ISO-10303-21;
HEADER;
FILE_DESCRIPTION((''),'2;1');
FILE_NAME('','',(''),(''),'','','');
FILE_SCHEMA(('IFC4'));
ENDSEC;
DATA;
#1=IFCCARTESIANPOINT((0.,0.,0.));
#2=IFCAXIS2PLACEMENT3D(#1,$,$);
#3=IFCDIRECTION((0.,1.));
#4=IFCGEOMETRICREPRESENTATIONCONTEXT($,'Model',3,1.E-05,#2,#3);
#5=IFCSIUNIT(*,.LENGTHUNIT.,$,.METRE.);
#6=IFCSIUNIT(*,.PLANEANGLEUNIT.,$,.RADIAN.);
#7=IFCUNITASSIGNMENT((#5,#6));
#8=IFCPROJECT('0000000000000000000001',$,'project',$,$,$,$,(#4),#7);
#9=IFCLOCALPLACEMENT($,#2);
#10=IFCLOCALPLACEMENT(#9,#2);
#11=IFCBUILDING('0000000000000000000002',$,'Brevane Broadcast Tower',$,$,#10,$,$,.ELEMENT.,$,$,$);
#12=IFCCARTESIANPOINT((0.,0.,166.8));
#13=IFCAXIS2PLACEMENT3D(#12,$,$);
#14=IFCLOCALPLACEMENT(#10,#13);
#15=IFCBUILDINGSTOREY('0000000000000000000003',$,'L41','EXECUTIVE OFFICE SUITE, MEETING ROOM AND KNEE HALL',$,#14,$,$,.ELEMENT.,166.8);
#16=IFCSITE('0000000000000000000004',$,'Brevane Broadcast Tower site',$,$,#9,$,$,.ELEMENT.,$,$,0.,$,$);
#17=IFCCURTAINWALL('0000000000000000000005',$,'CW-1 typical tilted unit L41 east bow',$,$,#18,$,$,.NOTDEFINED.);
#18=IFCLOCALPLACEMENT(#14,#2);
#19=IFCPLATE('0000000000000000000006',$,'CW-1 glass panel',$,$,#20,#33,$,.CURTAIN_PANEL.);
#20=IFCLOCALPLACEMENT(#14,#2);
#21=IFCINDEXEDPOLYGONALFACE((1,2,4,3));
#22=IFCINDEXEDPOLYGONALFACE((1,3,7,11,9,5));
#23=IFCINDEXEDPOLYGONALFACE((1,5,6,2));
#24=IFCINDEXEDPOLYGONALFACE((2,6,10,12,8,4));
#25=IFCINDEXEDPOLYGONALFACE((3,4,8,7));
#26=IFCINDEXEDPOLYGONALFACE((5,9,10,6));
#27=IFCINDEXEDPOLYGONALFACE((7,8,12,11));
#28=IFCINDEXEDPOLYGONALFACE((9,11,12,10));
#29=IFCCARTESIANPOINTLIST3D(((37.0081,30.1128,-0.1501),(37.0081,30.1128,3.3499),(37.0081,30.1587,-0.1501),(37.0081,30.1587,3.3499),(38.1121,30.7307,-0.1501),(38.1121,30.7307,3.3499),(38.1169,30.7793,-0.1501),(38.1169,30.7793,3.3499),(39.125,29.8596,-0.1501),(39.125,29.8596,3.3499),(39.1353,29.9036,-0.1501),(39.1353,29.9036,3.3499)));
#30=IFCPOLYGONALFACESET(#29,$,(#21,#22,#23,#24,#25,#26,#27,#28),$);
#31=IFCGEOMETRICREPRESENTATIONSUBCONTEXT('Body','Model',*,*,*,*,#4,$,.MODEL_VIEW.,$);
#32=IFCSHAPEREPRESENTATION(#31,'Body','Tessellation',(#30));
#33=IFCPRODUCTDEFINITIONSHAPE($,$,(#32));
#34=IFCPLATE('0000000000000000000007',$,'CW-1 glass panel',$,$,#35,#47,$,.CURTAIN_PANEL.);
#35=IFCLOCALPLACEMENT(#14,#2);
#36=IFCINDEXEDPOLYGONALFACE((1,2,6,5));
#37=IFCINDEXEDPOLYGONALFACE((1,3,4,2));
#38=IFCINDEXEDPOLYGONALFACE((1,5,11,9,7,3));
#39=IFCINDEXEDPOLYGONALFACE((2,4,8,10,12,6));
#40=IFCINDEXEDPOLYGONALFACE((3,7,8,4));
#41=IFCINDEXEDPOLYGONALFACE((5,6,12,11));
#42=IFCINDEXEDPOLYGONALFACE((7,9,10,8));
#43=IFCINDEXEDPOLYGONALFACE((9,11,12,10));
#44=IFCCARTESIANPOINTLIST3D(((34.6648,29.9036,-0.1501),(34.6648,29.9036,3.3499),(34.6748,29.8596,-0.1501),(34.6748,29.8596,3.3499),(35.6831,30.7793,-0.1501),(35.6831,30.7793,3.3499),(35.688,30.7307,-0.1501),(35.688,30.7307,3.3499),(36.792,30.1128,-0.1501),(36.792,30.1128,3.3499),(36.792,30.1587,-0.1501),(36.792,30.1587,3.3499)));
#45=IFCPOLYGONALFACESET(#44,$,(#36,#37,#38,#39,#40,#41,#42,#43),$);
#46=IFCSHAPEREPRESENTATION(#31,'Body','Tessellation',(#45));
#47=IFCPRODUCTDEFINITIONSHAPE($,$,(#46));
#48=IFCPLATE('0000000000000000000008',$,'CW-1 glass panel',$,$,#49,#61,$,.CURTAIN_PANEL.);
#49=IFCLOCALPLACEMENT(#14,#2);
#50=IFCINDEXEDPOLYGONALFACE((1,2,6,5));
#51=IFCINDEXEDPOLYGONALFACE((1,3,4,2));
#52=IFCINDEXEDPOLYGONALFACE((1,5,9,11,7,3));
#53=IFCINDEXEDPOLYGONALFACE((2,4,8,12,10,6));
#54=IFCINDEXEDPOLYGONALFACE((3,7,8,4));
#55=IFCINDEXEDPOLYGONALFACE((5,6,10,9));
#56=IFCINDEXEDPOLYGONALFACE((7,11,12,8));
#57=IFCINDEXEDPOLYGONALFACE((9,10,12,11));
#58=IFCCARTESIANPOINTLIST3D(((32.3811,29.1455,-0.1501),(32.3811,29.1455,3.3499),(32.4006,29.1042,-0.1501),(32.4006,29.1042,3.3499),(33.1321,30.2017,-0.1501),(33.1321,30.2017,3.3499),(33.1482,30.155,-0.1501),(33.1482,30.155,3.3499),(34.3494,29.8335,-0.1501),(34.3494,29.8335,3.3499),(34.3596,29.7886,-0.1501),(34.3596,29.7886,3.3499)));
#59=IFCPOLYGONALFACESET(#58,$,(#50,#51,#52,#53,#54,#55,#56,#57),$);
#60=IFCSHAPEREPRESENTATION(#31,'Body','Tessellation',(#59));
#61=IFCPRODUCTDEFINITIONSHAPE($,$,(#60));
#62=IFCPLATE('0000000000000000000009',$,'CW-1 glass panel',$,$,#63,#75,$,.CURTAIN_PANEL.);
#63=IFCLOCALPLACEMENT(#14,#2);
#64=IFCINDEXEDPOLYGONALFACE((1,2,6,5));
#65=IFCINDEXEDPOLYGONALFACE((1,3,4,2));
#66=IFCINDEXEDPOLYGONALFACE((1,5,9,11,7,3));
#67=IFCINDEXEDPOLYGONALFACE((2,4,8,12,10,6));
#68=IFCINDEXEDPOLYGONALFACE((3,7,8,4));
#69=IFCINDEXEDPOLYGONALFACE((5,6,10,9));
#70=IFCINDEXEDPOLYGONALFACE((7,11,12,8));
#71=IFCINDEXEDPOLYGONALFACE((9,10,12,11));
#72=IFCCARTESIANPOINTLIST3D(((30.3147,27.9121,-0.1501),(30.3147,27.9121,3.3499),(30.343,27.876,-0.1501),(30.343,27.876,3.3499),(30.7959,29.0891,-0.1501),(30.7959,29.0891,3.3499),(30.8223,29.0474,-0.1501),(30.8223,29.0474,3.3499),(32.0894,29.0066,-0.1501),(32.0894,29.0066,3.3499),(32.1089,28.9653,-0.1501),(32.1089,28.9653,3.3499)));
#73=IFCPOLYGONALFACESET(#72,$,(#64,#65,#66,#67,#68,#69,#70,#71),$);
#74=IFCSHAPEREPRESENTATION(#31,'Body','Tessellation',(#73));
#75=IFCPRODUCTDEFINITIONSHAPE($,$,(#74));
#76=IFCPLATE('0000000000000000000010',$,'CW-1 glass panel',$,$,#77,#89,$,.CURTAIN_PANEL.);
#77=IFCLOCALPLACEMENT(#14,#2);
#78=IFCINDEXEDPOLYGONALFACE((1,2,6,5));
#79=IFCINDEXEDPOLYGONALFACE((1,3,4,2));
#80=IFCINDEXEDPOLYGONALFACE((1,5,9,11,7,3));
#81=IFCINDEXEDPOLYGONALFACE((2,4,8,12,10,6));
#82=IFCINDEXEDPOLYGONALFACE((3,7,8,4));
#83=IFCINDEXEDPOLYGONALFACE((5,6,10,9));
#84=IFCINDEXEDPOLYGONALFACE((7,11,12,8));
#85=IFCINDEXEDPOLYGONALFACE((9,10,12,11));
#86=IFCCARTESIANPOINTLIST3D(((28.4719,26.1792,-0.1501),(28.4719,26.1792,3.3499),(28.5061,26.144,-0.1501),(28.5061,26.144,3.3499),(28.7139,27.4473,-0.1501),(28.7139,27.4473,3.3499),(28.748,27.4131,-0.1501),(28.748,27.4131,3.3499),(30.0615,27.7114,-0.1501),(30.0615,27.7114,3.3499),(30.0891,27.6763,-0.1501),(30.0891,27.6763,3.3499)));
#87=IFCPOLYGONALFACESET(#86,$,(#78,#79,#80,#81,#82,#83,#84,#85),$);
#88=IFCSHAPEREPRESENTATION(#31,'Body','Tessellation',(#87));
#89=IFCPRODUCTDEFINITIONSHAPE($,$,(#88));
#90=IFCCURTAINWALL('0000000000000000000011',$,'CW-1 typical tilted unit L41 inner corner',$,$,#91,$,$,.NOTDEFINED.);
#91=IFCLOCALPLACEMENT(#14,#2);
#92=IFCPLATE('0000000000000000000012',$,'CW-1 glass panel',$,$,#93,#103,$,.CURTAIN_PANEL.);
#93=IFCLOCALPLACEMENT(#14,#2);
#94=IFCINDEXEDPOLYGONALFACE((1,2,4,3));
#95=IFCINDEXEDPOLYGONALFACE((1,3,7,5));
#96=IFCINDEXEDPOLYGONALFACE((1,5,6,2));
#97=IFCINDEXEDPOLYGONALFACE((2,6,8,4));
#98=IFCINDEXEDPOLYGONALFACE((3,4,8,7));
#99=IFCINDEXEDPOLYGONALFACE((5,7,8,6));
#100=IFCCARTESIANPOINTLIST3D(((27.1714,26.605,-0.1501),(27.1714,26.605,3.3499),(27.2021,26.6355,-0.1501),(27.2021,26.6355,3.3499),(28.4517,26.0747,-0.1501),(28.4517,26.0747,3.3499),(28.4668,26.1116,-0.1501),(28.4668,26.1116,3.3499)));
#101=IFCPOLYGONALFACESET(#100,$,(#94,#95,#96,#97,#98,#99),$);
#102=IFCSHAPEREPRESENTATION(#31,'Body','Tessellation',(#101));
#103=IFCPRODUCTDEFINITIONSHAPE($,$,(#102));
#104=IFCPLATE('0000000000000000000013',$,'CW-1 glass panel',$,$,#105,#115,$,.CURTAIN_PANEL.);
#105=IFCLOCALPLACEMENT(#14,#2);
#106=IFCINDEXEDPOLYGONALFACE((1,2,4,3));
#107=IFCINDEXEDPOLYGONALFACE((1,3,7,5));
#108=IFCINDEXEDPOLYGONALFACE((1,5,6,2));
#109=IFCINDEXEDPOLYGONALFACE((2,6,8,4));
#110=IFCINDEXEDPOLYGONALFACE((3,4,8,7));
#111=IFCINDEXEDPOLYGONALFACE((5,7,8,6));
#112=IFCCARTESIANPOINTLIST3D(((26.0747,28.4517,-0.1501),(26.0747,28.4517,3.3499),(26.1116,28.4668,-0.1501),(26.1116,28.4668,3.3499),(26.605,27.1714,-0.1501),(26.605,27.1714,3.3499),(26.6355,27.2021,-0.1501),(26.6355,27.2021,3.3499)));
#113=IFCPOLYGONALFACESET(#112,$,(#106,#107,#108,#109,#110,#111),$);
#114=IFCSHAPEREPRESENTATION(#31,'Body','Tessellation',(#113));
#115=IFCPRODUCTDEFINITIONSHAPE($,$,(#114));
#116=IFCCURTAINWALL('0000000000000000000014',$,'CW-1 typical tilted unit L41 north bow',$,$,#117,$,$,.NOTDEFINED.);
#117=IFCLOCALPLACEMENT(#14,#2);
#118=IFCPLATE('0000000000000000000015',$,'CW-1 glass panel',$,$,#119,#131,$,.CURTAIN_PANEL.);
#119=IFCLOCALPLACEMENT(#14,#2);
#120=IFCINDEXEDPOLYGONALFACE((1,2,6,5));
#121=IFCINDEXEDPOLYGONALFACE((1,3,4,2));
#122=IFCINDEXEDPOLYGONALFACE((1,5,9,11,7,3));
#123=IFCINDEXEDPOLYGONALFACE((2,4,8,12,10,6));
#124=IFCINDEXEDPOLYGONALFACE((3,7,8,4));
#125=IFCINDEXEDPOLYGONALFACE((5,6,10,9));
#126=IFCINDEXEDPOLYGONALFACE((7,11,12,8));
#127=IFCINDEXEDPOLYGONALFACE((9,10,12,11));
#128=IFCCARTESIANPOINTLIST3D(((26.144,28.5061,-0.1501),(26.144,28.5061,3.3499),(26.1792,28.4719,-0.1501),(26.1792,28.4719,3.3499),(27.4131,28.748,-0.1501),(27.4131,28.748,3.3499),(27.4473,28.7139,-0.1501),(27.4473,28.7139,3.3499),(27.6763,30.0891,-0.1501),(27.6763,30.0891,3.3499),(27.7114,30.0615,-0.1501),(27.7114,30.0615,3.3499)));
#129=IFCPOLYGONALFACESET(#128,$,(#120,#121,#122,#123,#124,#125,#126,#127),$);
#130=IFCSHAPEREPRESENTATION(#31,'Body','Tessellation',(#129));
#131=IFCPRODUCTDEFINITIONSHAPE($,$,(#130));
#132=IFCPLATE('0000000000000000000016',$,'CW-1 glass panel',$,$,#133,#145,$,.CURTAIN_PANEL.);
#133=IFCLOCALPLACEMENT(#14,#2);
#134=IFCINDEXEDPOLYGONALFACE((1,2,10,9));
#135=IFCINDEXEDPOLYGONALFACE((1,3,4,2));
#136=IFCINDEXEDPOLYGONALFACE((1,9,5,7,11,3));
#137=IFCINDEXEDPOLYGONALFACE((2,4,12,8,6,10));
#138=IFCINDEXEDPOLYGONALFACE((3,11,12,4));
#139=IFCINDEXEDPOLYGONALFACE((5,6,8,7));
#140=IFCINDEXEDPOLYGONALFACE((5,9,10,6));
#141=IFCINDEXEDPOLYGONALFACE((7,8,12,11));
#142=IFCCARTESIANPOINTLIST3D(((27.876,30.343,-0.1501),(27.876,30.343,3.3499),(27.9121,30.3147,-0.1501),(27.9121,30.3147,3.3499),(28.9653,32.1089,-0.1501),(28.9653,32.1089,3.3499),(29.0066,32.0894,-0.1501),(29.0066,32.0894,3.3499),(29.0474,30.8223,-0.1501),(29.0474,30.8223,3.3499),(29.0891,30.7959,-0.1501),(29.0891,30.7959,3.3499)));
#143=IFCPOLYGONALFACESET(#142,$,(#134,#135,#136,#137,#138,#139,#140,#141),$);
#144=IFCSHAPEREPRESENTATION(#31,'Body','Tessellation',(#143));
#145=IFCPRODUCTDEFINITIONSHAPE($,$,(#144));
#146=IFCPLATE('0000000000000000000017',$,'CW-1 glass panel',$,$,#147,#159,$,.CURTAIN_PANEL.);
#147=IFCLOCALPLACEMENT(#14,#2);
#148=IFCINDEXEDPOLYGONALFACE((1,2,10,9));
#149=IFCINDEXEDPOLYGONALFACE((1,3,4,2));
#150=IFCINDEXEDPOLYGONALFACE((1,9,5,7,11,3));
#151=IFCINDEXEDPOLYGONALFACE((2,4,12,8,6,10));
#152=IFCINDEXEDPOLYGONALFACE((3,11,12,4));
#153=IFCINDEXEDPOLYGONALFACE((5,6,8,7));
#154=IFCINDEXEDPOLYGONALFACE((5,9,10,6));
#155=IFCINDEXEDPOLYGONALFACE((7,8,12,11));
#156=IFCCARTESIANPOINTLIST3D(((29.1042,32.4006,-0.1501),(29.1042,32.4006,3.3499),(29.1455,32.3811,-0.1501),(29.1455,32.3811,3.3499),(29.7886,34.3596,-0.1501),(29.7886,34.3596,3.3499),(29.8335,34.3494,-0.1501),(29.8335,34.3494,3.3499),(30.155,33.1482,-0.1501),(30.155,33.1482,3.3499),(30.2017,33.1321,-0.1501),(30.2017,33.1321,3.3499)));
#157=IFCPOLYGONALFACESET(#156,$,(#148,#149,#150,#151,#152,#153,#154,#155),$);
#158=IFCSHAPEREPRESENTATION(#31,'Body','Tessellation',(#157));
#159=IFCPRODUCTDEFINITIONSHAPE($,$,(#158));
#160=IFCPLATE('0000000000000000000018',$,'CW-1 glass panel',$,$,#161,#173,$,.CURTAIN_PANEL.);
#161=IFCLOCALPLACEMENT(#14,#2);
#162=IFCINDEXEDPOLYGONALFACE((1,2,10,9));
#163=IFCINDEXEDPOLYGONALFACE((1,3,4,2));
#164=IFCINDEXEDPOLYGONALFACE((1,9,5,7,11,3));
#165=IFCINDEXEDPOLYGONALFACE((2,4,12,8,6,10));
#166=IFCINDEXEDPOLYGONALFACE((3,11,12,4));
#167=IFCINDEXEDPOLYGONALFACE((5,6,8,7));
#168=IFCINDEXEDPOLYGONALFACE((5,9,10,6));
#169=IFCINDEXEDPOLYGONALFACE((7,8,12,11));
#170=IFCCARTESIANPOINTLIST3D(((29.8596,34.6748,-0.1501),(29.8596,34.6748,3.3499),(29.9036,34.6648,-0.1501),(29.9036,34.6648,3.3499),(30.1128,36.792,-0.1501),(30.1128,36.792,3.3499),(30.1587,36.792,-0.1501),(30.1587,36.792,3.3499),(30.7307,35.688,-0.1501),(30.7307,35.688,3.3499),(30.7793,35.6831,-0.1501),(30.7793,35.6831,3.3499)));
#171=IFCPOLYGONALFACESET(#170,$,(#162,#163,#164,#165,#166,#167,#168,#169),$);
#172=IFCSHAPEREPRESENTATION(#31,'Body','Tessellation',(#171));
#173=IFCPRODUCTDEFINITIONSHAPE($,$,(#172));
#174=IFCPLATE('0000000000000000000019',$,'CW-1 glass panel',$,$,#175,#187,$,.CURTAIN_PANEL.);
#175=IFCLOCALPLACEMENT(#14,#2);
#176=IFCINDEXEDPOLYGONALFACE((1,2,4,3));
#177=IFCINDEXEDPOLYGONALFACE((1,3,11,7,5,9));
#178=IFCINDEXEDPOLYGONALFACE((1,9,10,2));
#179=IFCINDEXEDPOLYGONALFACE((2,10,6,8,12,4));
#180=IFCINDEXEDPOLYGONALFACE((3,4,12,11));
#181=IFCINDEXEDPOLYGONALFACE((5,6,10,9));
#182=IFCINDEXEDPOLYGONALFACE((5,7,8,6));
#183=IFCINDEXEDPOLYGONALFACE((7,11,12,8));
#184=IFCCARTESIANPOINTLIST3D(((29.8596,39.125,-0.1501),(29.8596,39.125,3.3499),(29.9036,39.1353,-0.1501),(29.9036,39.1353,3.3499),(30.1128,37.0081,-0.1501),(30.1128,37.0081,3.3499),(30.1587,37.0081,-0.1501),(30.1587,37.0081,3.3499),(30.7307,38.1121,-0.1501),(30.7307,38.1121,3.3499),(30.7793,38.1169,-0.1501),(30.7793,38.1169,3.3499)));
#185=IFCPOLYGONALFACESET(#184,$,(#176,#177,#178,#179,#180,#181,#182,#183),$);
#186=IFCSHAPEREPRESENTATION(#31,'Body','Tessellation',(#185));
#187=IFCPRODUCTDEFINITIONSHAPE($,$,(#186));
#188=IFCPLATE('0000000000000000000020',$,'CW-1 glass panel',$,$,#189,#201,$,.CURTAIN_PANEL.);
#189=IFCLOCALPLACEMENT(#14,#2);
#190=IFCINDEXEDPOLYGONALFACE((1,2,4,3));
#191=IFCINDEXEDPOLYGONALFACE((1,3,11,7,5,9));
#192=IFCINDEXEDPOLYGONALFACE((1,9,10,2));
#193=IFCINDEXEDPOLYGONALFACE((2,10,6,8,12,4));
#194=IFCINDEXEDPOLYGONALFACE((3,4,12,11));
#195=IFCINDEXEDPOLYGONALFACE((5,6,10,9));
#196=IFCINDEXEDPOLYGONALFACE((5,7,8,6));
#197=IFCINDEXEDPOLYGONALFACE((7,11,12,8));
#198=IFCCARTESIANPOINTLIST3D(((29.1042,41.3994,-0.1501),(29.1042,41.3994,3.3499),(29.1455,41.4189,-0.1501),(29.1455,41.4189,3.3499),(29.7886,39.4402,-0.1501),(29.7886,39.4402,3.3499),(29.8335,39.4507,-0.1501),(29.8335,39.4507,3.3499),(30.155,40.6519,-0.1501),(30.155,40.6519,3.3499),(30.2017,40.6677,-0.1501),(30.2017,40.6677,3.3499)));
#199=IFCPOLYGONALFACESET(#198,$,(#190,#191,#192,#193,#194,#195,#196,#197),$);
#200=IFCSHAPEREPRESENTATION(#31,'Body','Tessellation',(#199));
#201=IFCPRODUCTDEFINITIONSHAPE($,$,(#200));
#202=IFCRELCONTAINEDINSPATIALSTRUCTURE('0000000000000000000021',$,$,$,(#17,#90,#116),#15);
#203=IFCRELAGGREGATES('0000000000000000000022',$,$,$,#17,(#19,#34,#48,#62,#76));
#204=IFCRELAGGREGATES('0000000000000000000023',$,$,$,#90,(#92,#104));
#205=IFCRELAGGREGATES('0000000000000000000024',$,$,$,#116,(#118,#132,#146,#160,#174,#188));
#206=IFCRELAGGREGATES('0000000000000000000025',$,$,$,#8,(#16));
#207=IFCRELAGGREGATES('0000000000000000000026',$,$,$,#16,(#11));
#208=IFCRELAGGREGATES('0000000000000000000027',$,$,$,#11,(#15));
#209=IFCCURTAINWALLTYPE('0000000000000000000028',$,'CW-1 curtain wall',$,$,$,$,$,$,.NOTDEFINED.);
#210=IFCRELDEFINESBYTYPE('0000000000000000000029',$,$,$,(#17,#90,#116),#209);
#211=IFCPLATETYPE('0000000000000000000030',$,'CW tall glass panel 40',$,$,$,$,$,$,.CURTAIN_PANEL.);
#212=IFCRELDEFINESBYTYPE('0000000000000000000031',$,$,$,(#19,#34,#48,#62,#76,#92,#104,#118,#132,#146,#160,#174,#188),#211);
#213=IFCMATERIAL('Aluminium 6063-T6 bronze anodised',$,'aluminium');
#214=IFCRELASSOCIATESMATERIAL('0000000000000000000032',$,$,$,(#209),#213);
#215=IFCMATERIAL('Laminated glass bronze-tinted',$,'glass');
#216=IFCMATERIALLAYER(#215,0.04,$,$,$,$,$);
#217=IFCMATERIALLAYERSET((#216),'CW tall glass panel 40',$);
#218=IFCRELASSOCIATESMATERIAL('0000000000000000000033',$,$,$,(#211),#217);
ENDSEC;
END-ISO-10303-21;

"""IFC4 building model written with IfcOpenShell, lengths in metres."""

from ifc_helpers import new_model, si_unit, direction, frame, origin, place, context, subcontext, project, spatial, polyline, outline, extrude, material, layer, layer_set, type_object, element, aggregate, save


model = new_model("IFC4")

# Units and contexts
model_context = context("Model", 3, precision=1e-05, world=origin(), true_north=direction((0.0, 1.0)))
body_context = subcontext(model_context, "Body", "Model", "MODEL_VIEW")
ifc_project = project(units=[si_unit("LENGTHUNIT", "METRE"), si_unit("PLANEANGLEUNIT", "RADIAN")], contexts=[model_context])

# Site, building, storey
site_placement = place(None, origin())
site = spatial("IfcSite", under=ifc_project, at=site_placement, Name="Brevane Broadcast Tower site", CompositionType="ELEMENT", RefElevation=0.0)
building_placement = place(site_placement, origin())
building = spatial("IfcBuilding", under=site, at=building_placement, Name="Brevane Broadcast Tower", CompositionType="ELEMENT")
storey_placement = place(building_placement, frame((0.0, 0.0, 166.8)))
storey = spatial("IfcBuildingStorey", under=building, at=storey_placement, Name="L41", Description="EXECUTIVE OFFICE SUITE, MEETING ROOM AND KNEE HALL", CompositionType="ELEMENT", Elevation=166.8)

# Curtain walls, plates
ifc_material_1 = material(Name="Aluminium 6063-T6 bronze anodised", Category="aluminium")
curtain_wall_type = type_object("IfcCurtainWallType", Name="CW-1 curtain wall", PredefinedType="NOTDEFINED", material=ifc_material_1)
curtain_wall_1_placement = place(storey_placement, origin())
curtain_wall_1 = element("IfcCurtainWall", 1, at=curtain_wall_1_placement, inside=storey, type_object=curtain_wall_type, Name="CW-1 typical tilted unit L41 east bow", PredefinedType="NOTDEFINED")
ifc_material_2 = material(Name="Laminated glass bronze-tinted", Category="glass")
ifc_layer = layer(ifc_material_2, 0.04)
ifc_layer_set = layer_set([ifc_layer], Name="CW tall glass panel 40")
plate_type = type_object("IfcPlateType", Name="CW tall glass panel 40", PredefinedType="CURTAIN_PANEL", material=ifc_layer_set)
plate_1_placement = place(storey_placement, frame((0.0, 0.0, -0.1501)))
plate_1 = element("IfcPlate", 2, at=plate_1_placement, type_object=plate_type, Name="CW-1 glass panel", PredefinedType="CURTAIN_PANEL", context=body_context, shape_type="SweptSolid", body=[
    extrude(outline(polyline([(39.125, 29.8596), (39.1353, 29.9036), (38.1169, 30.7793), (37.0081, 30.1587), (37.0081, 30.1128), (38.1121, 30.7307), (39.125, 29.8596)])), origin(), (0.0, 0.0, 1.0), 3.5),
])
plate_2_placement = place(storey_placement, frame((0.0, 0.0, -0.1501)))
plate_2 = element("IfcPlate", 3, at=plate_2_placement, type_object=plate_type, Name="CW-1 glass panel", PredefinedType="CURTAIN_PANEL", context=body_context, shape_type="SweptSolid", body=[
    extrude(outline(polyline([(36.792, 30.1128), (36.792, 30.1587), (35.6831, 30.7793), (34.6648, 29.9036), (34.6748, 29.8596), (35.688, 30.7307), (36.792, 30.1128)])), origin(), (0.0, 0.0, 1.0), 3.5),
])
plate_3_placement = place(storey_placement, frame((0.0, 0.0, -0.1501)))
plate_3 = element("IfcPlate", 4, at=plate_3_placement, type_object=plate_type, Name="CW-1 glass panel", PredefinedType="CURTAIN_PANEL", context=body_context, shape_type="SweptSolid", body=[
    extrude(outline(polyline([(34.3596, 29.7886), (34.3494, 29.8335), (33.1321, 30.2017), (32.3811, 29.1455), (32.4006, 29.1042), (33.1482, 30.155), (34.3596, 29.7886)])), origin(), (0.0, 0.0, 1.0), 3.5),
])
plate_4_placement = place(storey_placement, frame((0.0, 0.0, -0.1501)))
plate_4 = element("IfcPlate", 5, at=plate_4_placement, type_object=plate_type, Name="CW-1 glass panel", PredefinedType="CURTAIN_PANEL", context=body_context, shape_type="SweptSolid", body=[
    extrude(outline(polyline([(32.1089, 28.9653), (32.0894, 29.0066), (30.7959, 29.0891), (30.3147, 27.9121), (30.343, 27.876), (30.8223, 29.0474), (32.1089, 28.9653)])), origin(), (0.0, 0.0, 1.0), 3.5),
])
plate_5_placement = place(storey_placement, frame((0.0, 0.0, -0.1501)))
plate_5 = element("IfcPlate", 6, at=plate_5_placement, type_object=plate_type, Name="CW-1 glass panel", PredefinedType="CURTAIN_PANEL", context=body_context, shape_type="SweptSolid", body=[
    extrude(outline(polyline([(30.0891, 27.6763), (30.0615, 27.7114), (28.7139, 27.4473), (28.4719, 26.1792), (28.5061, 26.144), (28.748, 27.4131), (30.0891, 27.6763)])), origin(), (0.0, 0.0, 1.0), 3.5),
])
aggregate(curtain_wall_1, [plate_1, plate_2, plate_3, plate_4, plate_5])
curtain_wall_2_placement = place(storey_placement, origin())
curtain_wall_2 = element("IfcCurtainWall", 7, at=curtain_wall_2_placement, inside=storey, type_object=curtain_wall_type, Name="CW-1 typical tilted unit L41 inner corner", PredefinedType="NOTDEFINED")
plate_6_placement = place(storey_placement, frame((0.0, 0.0, -0.1501)))
plate_6 = element("IfcPlate", 8, at=plate_6_placement, type_object=plate_type, Name="CW-1 glass panel", PredefinedType="CURTAIN_PANEL", context=body_context, shape_type="SweptSolid", body=[
    extrude(outline(polyline([(28.4517, 26.0747), (28.4668, 26.1116), (27.2021, 26.6355), (27.1714, 26.605), (28.4517, 26.0747)])), origin(), (0.0, 0.0, 1.0), 3.5),
])
plate_7_placement = place(storey_placement, frame((0.0, 0.0, -0.1501)))
plate_7 = element("IfcPlate", 9, at=plate_7_placement, type_object=plate_type, Name="CW-1 glass panel", PredefinedType="CURTAIN_PANEL", context=body_context, shape_type="SweptSolid", body=[
    extrude(outline(polyline([(26.605, 27.1714), (26.6355, 27.2021), (26.1116, 28.4668), (26.0747, 28.4517), (26.605, 27.1714)])), origin(), (0.0, 0.0, 1.0), 3.5),
])
aggregate(curtain_wall_2, [plate_6, plate_7])
curtain_wall_3_placement = place(storey_placement, origin())
curtain_wall_3 = element("IfcCurtainWall", 10, at=curtain_wall_3_placement, inside=storey, type_object=curtain_wall_type, Name="CW-1 typical tilted unit L41 north bow", PredefinedType="NOTDEFINED")
plate_8_placement = place(storey_placement, frame((0.0, 0.0, -0.1501)))
plate_8 = element("IfcPlate", 11, at=plate_8_placement, type_object=plate_type, Name="CW-1 glass panel", PredefinedType="CURTAIN_PANEL", context=body_context, shape_type="SweptSolid", body=[
    extrude(outline(polyline([(26.144, 28.5061), (26.1792, 28.4719), (27.4473, 28.7139), (27.7114, 30.0615), (27.6763, 30.0891), (27.4131, 28.748), (26.144, 28.5061)])), origin(), (0.0, 0.0, 1.0), 3.5),
])
plate_9_placement = place(storey_placement, frame((0.0, 0.0, -0.1501)))
plate_9 = element("IfcPlate", 12, at=plate_9_placement, type_object=plate_type, Name="CW-1 glass panel", PredefinedType="CURTAIN_PANEL", context=body_context, shape_type="SweptSolid", body=[
    extrude(outline(polyline([(27.876, 30.343), (27.9121, 30.3147), (29.0891, 30.7959), (29.0066, 32.0894), (28.9653, 32.1089), (29.0474, 30.8223), (27.876, 30.343)])), origin(), (0.0, 0.0, 1.0), 3.5),
])
plate_10_placement = place(storey_placement, frame((0.0, 0.0, -0.1501)))
plate_10 = element("IfcPlate", 13, at=plate_10_placement, type_object=plate_type, Name="CW-1 glass panel", PredefinedType="CURTAIN_PANEL", context=body_context, shape_type="SweptSolid", body=[
    extrude(outline(polyline([(29.1042, 32.4006), (29.1455, 32.3811), (30.2017, 33.1321), (29.8335, 34.3494), (29.7886, 34.3596), (30.155, 33.1482), (29.1042, 32.4006)])), origin(), (0.0, 0.0, 1.0), 3.5),
])
plate_11_placement = place(storey_placement, frame((0.0, 0.0, -0.1501)))
plate_11 = element("IfcPlate", 14, at=plate_11_placement, type_object=plate_type, Name="CW-1 glass panel", PredefinedType="CURTAIN_PANEL", context=body_context, shape_type="SweptSolid", body=[
    extrude(outline(polyline([(29.8596, 34.6748), (29.9036, 34.6648), (30.7793, 35.6831), (30.1587, 36.792), (30.1128, 36.792), (30.7307, 35.688), (29.8596, 34.6748)])), origin(), (0.0, 0.0, 1.0), 3.5),
])
plate_12_placement = place(storey_placement, frame((0.0, 0.0, -0.1501)))
plate_12 = element("IfcPlate", 15, at=plate_12_placement, type_object=plate_type, Name="CW-1 glass panel", PredefinedType="CURTAIN_PANEL", context=body_context, shape_type="SweptSolid", body=[
    extrude(outline(polyline([(30.1128, 37.0081), (30.1587, 37.0081), (30.7793, 38.1169), (29.9036, 39.1353), (29.8596, 39.125), (30.7307, 38.1121), (30.1128, 37.0081)])), origin(), (0.0, 0.0, 1.0), 3.5),
])
plate_13_placement = place(storey_placement, frame((0.0, 0.0, -0.1501)))
plate_13 = element("IfcPlate", 16, at=plate_13_placement, type_object=plate_type, Name="CW-1 glass panel", PredefinedType="CURTAIN_PANEL", context=body_context, shape_type="SweptSolid", body=[
    extrude(outline(polyline([(29.7886, 39.4402), (29.8335, 39.4507), (30.2017, 40.6677), (29.1455, 41.4189), (29.1042, 41.3994), (30.155, 40.6519), (29.7886, 39.4402)])), origin(), (0.0, 0.0, 1.0), 3.5),
])
aggregate(curtain_wall_3, [plate_8, plate_9, plate_10, plate_11, plate_12, plate_13])

save(model, "model.ifc")
